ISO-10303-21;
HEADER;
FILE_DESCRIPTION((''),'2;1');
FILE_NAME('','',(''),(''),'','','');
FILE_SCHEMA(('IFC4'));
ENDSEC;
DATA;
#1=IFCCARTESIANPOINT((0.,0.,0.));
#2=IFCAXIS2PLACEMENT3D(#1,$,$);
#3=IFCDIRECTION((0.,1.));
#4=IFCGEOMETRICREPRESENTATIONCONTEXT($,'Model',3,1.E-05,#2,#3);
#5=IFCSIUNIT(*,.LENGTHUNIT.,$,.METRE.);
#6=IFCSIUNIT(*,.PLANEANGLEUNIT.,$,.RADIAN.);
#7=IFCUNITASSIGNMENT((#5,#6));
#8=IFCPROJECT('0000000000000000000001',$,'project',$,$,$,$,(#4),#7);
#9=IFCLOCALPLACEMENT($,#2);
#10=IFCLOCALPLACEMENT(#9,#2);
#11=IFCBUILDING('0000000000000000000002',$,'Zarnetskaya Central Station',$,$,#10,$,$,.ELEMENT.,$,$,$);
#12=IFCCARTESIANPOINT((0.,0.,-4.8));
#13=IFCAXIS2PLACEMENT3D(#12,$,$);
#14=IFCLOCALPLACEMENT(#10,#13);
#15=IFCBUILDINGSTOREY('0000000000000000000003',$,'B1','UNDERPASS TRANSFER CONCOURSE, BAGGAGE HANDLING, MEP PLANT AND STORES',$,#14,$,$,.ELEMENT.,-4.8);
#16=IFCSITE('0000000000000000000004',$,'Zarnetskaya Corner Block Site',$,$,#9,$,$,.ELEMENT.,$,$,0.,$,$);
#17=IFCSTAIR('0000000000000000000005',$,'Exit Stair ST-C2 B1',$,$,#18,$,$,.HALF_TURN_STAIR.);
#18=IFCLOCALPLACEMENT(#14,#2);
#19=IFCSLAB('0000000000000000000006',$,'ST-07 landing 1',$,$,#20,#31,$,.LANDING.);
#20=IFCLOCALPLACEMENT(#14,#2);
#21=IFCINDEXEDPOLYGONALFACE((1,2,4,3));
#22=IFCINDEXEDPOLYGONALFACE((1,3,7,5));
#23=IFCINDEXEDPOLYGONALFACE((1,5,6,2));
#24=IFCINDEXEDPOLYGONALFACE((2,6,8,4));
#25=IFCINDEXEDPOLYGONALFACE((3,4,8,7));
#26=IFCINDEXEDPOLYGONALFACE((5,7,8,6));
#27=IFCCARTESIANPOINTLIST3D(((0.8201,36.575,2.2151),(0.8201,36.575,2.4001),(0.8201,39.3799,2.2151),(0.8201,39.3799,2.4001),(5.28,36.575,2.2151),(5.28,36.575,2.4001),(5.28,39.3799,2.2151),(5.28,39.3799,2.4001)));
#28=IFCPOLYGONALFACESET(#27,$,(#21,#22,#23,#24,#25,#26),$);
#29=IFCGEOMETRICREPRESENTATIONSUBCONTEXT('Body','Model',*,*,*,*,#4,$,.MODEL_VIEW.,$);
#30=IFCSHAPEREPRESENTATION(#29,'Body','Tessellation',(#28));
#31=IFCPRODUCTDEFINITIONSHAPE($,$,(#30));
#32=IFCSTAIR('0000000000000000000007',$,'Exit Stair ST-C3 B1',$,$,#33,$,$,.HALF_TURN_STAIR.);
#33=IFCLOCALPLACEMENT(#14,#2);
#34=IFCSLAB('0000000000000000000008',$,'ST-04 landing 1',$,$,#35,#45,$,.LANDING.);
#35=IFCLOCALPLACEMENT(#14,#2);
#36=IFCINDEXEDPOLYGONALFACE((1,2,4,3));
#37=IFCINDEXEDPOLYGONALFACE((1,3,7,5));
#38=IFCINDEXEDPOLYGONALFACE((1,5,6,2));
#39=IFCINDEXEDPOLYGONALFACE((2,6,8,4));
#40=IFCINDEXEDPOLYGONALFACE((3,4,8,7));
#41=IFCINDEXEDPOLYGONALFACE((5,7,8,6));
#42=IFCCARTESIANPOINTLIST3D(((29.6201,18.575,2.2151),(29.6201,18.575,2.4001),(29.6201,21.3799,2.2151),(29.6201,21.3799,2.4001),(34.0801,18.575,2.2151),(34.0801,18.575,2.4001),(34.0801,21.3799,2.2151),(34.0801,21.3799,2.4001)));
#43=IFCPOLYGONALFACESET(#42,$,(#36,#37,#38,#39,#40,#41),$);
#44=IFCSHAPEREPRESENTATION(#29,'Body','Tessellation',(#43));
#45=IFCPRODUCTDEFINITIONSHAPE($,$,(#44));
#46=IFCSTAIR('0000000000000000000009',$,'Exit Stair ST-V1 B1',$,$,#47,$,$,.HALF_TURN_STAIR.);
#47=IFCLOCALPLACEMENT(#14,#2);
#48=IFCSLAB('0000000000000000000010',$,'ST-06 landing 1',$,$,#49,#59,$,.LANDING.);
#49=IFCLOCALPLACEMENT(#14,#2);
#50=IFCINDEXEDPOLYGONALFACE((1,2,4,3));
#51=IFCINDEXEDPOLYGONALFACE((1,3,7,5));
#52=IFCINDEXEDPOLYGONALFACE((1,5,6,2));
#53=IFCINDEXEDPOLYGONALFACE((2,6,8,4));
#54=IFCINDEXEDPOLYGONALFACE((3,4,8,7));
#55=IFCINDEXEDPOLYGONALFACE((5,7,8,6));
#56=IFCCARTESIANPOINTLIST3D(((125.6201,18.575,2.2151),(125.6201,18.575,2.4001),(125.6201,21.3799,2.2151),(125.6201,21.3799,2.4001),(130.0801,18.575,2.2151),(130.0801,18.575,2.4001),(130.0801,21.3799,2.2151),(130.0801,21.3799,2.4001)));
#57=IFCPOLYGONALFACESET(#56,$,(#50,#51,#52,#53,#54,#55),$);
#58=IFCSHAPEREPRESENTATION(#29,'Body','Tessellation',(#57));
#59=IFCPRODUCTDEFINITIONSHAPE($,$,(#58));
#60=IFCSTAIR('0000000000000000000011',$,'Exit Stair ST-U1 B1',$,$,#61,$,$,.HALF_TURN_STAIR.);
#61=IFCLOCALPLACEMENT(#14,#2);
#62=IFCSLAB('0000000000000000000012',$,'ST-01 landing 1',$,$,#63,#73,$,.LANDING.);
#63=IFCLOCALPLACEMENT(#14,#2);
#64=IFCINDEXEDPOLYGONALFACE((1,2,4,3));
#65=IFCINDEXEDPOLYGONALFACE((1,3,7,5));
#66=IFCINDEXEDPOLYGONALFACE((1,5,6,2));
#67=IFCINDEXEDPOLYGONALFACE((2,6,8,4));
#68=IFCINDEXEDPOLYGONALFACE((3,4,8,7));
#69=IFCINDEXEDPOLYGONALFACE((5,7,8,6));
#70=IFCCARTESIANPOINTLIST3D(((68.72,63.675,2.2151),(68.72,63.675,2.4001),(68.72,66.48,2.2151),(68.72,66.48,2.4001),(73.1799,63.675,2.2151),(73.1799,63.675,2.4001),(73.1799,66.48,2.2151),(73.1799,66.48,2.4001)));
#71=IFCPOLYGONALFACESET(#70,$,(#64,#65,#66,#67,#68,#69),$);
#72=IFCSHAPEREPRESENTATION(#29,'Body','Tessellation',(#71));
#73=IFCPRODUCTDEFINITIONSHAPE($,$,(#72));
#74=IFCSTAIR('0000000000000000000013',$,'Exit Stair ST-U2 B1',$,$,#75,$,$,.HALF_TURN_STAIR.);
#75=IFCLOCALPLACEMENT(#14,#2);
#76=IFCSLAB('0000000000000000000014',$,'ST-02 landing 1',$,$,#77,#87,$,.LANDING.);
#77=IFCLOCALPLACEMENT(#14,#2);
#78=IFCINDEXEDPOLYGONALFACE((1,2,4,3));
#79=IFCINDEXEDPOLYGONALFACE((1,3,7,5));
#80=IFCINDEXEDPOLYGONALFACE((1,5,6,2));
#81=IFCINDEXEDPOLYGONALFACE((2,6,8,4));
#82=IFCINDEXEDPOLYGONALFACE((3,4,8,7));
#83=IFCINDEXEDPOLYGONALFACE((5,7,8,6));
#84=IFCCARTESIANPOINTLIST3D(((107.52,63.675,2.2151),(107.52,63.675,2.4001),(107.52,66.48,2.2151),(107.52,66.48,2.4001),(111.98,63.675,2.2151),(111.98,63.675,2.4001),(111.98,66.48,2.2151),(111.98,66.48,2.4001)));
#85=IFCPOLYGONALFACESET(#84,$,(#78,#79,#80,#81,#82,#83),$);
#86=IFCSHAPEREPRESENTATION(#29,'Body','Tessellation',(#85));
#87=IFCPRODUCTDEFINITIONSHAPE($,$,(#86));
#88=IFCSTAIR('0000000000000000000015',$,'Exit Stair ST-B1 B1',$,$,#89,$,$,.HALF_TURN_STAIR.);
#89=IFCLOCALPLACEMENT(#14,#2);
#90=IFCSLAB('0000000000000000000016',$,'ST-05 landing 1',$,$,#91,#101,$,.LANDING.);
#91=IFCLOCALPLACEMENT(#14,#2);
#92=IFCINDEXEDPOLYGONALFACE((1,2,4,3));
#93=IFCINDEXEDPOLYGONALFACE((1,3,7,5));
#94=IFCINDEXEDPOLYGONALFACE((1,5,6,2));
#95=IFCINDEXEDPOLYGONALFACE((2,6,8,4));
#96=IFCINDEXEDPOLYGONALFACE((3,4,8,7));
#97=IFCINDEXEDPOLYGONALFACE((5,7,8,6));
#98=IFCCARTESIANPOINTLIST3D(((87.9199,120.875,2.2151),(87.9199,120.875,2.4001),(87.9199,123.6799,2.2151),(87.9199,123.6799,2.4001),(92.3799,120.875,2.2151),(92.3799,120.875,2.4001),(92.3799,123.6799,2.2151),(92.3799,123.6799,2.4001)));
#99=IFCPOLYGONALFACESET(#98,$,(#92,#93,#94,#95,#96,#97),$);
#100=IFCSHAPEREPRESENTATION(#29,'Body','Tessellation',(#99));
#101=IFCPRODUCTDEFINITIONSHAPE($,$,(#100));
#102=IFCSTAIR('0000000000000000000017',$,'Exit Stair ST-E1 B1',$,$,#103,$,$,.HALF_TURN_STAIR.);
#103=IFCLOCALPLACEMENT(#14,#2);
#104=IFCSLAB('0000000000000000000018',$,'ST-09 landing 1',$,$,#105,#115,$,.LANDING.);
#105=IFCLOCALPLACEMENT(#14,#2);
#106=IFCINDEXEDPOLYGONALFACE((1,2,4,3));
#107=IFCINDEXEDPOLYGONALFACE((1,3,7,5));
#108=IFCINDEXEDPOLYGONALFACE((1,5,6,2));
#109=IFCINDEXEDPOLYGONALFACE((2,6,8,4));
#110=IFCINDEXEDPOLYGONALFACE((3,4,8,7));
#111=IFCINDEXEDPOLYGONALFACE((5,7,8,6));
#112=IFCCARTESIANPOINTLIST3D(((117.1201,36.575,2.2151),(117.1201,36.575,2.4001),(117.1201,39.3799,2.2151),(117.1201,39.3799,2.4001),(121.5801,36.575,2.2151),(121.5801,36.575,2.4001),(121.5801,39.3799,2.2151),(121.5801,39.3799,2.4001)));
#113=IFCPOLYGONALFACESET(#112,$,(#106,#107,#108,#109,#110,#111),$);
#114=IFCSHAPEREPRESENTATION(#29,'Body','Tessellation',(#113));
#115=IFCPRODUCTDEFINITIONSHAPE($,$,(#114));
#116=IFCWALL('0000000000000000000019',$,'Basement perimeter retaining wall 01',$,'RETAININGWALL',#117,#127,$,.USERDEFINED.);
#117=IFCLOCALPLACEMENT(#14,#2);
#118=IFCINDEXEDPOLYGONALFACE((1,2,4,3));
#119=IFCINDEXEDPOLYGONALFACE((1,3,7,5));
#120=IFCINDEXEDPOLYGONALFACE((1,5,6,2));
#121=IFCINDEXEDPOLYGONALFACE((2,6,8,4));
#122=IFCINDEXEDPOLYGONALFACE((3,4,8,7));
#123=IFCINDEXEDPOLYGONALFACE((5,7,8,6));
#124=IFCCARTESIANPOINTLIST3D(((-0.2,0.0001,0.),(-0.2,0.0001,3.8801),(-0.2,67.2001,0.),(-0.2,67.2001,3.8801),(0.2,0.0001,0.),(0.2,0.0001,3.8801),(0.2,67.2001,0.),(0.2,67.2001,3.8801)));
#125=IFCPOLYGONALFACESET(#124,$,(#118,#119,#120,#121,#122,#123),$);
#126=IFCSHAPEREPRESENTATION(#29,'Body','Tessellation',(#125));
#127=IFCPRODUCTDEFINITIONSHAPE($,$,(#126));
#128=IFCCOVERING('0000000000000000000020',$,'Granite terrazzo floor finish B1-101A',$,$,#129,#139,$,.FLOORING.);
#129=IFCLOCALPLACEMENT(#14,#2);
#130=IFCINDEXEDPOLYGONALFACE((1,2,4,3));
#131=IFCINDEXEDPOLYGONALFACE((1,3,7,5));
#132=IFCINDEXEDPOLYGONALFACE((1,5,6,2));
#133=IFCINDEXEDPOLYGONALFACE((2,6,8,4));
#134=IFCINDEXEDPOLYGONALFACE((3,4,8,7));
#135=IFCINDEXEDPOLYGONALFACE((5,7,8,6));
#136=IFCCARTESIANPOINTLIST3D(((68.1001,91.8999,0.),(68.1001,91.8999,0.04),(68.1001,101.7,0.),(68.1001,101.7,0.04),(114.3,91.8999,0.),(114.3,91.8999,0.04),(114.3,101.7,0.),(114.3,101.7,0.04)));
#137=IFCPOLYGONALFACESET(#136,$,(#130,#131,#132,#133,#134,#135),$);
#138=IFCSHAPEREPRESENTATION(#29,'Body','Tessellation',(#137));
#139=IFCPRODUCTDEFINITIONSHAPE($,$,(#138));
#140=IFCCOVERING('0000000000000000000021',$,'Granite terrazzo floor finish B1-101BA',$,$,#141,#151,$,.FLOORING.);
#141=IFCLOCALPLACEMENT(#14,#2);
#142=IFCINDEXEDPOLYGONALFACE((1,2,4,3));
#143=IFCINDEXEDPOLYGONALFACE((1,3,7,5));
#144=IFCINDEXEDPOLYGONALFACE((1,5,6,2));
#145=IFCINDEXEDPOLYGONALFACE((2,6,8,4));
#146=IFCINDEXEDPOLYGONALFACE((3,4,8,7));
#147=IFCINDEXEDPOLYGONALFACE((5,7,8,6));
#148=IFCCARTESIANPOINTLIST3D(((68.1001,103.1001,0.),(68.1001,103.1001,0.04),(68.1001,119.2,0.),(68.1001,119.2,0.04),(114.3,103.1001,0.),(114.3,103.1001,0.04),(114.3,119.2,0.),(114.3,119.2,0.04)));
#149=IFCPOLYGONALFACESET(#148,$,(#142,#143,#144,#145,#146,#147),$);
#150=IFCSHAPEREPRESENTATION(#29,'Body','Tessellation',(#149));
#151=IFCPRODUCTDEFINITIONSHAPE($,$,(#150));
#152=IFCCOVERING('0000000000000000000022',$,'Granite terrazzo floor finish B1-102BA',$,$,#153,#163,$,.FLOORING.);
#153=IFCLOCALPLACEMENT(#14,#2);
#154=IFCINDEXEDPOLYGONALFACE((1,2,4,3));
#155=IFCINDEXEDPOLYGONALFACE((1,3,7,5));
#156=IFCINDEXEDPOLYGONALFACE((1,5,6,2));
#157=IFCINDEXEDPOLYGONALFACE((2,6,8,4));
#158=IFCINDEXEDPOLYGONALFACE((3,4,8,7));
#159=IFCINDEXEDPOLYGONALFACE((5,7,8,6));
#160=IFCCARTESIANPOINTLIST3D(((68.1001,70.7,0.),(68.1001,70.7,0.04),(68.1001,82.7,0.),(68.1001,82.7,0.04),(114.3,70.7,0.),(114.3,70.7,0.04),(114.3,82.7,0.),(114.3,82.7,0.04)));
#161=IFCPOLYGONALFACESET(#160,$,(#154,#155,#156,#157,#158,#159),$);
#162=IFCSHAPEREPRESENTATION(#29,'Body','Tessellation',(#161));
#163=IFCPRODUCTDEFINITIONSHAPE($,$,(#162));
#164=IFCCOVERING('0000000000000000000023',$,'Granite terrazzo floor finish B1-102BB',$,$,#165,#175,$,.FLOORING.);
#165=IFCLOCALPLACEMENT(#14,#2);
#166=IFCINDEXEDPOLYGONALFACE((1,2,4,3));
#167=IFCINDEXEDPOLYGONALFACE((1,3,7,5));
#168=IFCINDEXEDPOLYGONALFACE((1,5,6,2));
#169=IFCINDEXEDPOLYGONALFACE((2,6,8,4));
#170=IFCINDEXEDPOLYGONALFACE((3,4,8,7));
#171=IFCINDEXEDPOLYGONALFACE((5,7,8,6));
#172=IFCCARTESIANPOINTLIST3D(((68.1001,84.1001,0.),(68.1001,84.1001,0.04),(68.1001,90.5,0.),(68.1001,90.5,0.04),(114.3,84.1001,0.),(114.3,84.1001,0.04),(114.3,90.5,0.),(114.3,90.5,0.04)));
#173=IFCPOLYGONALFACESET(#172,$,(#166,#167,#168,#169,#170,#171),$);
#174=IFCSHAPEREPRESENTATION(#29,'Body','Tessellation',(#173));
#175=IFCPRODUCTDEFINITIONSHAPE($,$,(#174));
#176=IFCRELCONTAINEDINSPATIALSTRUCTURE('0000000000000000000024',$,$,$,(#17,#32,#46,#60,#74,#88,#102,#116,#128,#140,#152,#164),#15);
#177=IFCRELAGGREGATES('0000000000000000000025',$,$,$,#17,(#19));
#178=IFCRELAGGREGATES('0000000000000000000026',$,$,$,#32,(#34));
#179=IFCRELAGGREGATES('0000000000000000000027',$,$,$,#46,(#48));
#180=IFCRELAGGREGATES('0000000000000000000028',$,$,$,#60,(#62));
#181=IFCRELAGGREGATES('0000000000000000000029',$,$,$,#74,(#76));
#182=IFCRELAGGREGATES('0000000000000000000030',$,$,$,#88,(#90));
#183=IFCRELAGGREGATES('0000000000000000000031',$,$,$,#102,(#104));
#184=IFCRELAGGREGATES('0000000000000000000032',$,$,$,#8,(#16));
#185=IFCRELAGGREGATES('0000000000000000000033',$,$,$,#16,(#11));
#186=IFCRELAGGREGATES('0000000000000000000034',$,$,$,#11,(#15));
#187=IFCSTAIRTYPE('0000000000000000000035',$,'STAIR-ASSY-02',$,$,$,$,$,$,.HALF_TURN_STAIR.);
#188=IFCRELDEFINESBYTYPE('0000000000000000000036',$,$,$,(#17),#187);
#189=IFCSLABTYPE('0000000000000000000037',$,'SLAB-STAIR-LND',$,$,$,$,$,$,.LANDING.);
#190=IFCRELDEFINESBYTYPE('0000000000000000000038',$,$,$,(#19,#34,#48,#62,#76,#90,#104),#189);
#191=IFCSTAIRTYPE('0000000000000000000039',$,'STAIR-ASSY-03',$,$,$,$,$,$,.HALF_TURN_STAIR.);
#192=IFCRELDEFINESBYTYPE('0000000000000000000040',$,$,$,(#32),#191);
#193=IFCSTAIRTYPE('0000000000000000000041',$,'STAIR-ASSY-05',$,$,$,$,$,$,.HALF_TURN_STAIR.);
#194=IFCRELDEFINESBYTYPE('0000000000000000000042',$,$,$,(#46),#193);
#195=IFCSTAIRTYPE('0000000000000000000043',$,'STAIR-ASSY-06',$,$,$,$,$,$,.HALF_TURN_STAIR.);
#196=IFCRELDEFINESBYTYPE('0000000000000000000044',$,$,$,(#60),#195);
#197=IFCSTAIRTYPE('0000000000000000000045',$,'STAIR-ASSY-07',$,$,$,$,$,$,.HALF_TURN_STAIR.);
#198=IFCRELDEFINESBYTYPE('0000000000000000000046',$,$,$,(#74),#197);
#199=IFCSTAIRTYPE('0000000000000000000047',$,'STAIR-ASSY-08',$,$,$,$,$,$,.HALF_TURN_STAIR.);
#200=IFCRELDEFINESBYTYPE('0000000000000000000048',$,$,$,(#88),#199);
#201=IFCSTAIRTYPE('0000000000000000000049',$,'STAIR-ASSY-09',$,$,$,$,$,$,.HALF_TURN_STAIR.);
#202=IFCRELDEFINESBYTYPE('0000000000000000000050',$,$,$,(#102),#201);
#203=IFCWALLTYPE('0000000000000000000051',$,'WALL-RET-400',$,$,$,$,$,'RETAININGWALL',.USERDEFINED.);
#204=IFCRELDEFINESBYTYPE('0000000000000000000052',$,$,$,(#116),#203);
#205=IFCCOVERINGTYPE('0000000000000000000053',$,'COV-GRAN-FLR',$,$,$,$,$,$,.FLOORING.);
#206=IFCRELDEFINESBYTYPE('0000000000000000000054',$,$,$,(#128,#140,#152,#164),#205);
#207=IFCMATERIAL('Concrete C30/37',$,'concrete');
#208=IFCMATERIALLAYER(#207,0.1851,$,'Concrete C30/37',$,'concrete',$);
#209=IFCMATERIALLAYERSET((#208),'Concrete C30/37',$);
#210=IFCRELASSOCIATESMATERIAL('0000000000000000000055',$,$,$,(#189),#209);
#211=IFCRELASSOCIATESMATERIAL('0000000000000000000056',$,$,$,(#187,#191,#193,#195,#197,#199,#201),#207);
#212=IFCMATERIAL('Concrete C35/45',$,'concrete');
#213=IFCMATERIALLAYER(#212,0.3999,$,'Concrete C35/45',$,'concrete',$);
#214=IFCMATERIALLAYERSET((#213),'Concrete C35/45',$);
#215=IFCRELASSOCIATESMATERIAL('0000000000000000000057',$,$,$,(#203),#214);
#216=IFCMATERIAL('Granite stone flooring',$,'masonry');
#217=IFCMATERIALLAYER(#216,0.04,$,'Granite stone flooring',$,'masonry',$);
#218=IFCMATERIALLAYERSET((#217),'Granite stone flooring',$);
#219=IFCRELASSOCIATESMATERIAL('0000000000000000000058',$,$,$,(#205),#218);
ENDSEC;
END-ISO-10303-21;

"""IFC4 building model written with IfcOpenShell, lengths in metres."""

from ifc_helpers import new_model, si_unit, direction, frame, frame_2d, origin, place, context, subcontext, project, spatial, polyline, rectangle, outline, extrude, material, layer, layer_set, type_object, element, aggregate, save


model = new_model("IFC4")

# Units and contexts
model_context = context("Model", 3, precision=1e-05, world=origin(), true_north=direction((0.0, 1.0)))
body_context = subcontext(model_context, "Body", "Model", "MODEL_VIEW")
ifc_project = project(units=[si_unit("LENGTHUNIT", "METRE"), si_unit("PLANEANGLEUNIT", "RADIAN")], contexts=[model_context])

# Site, building, storey
site_placement = place(None, origin())
site = spatial("IfcSite", under=ifc_project, at=site_placement, Name="Zarnetskaya Corner Block Site", CompositionType="ELEMENT", RefElevation=0.0)
building_placement = place(site_placement, origin())
building = spatial("IfcBuilding", under=site, at=building_placement, Name="Zarnetskaya Central Station", CompositionType="ELEMENT")
storey_placement = place(building_placement, frame((0.0, 0.0, -4.8)))
storey = spatial("IfcBuildingStorey", under=building, at=storey_placement, Name="B1", Description="UNDERPASS TRANSFER CONCOURSE, BAGGAGE HANDLING, MEP PLANT AND STORES", CompositionType="ELEMENT", Elevation=-4.8)

# Shared definitions
ifc_material_1 = material(Name="Concrete C30/37", Category="concrete")

# Shared definitions
ifc_material_2 = material(Name="Concrete C35/45", Category="concrete")

# Stairs, slabs
ifc_layer_1 = layer(ifc_material_1, 0.1851, Name="Concrete C30/37", Category="concrete")
ifc_layer_set_1 = layer_set([ifc_layer_1], Name="Concrete C30/37")
slab_type = type_object("IfcSlabType", Name="SLAB-STAIR-LND", PredefinedType="LANDING", material=ifc_layer_set_1)
stair_type_1 = type_object("IfcStairType", Name="STAIR-ASSY-02", PredefinedType="HALF_TURN_STAIR", material=ifc_material_1)
stair_1_placement = place(storey_placement, origin())
stair_1 = element("IfcStair", 1, at=stair_1_placement, inside=storey, type_object=stair_type_1, Name="Exit Stair ST-C2 B1", PredefinedType="HALF_TURN_STAIR")
slab_1_placement = place(storey_placement, frame((0.0, 0.0, 2.2151)))
slab_1 = element("IfcSlab", 2, at=slab_1_placement, type_object=slab_type, Name="ST-07 landing 1", PredefinedType="LANDING", context=body_context, shape_type="SweptSolid", body=[
    extrude(outline(polyline([(0.8201, 36.575), (5.28, 36.575), (5.28, 39.3799), (0.8201, 39.3799), (0.8201, 36.575)])), origin(), (0.0, 0.0, 1.0), 0.1851),
])
aggregate(stair_1, [slab_1])
stair_type_2 = type_object("IfcStairType", Name="STAIR-ASSY-03", PredefinedType="HALF_TURN_STAIR", material=ifc_material_1)
stair_2_placement = place(storey_placement, origin())
stair_2 = element("IfcStair", 3, at=stair_2_placement, inside=storey, type_object=stair_type_2, Name="Exit Stair ST-C3 B1", PredefinedType="HALF_TURN_STAIR")
slab_2_placement = place(storey_placement, frame((0.0, 0.0, 2.2151)))
slab_2 = element("IfcSlab", 4, at=slab_2_placement, type_object=slab_type, Name="ST-04 landing 1", PredefinedType="LANDING", context=body_context, shape_type="SweptSolid", body=[
    extrude(outline(polyline([(29.6201, 18.575), (34.0801, 18.575), (34.0801, 21.3799), (29.6201, 21.3799), (29.6201, 18.575)])), origin(), (0.0, 0.0, 1.0), 0.1851),
])
aggregate(stair_2, [slab_2])
stair_type_3 = type_object("IfcStairType", Name="STAIR-ASSY-05", PredefinedType="HALF_TURN_STAIR", material=ifc_material_1)
stair_3_placement = place(storey_placement, origin())
stair_3 = element("IfcStair", 5, at=stair_3_placement, inside=storey, type_object=stair_type_3, Name="Exit Stair ST-V1 B1", PredefinedType="HALF_TURN_STAIR")
slab_3_placement = place(storey_placement, frame((0.0, 0.0, 2.2151)))
slab_3 = element("IfcSlab", 6, at=slab_3_placement, type_object=slab_type, Name="ST-06 landing 1", PredefinedType="LANDING", context=body_context, shape_type="SweptSolid", body=[
    extrude(outline(polyline([(125.6201, 18.575), (130.0801, 18.575), (130.0801, 21.3799), (125.6201, 21.3799), (125.6201, 18.575)])), origin(), (0.0, 0.0, 1.0), 0.1851),
])
aggregate(stair_3, [slab_3])
stair_type_4 = type_object("IfcStairType", Name="STAIR-ASSY-06", PredefinedType="HALF_TURN_STAIR", material=ifc_material_1)
stair_4_placement = place(storey_placement, origin())
stair_4 = element("IfcStair", 7, at=stair_4_placement, inside=storey, type_object=stair_type_4, Name="Exit Stair ST-U1 B1", PredefinedType="HALF_TURN_STAIR")
slab_4_placement = place(storey_placement, frame((0.0, 0.0, 2.2151)))
slab_4 = element("IfcSlab", 8, at=slab_4_placement, type_object=slab_type, Name="ST-01 landing 1", PredefinedType="LANDING", context=body_context, shape_type="SweptSolid", body=[
    extrude(outline(polyline([(68.72, 63.675), (73.1799, 63.675), (73.1799, 66.48), (68.72, 66.48), (68.72, 63.675)])), origin(), (0.0, 0.0, 1.0), 0.1851),
])
aggregate(stair_4, [slab_4])
stair_type_5 = type_object("IfcStairType", Name="STAIR-ASSY-07", PredefinedType="HALF_TURN_STAIR", material=ifc_material_1)
stair_5_placement = place(storey_placement, origin())
stair_5 = element("IfcStair", 9, at=stair_5_placement, inside=storey, type_object=stair_type_5, Name="Exit Stair ST-U2 B1", PredefinedType="HALF_TURN_STAIR")
slab_5_placement = place(storey_placement, frame((0.0, 0.0, 2.2151)))
slab_5 = element("IfcSlab", 10, at=slab_5_placement, type_object=slab_type, Name="ST-02 landing 1", PredefinedType="LANDING", context=body_context, shape_type="SweptSolid", body=[
    extrude(outline(polyline([(107.52, 63.675), (111.98, 63.675), (111.98, 66.48), (107.52, 66.48), (107.52, 63.675)])), origin(), (0.0, 0.0, 1.0), 0.1851),
])
aggregate(stair_5, [slab_5])
stair_type_6 = type_object("IfcStairType", Name="STAIR-ASSY-08", PredefinedType="HALF_TURN_STAIR", material=ifc_material_1)
stair_6_placement = place(storey_placement, origin())
stair_6 = element("IfcStair", 11, at=stair_6_placement, inside=storey, type_object=stair_type_6, Name="Exit Stair ST-B1 B1", PredefinedType="HALF_TURN_STAIR")
slab_6_placement = place(storey_placement, frame((0.0, 0.0, 2.2151)))
slab_6 = element("IfcSlab", 12, at=slab_6_placement, type_object=slab_type, Name="ST-05 landing 1", PredefinedType="LANDING", context=body_context, shape_type="SweptSolid", body=[
    extrude(outline(polyline([(87.9199, 120.875), (92.3799, 120.875), (92.3799, 123.6799), (87.9199, 123.6799), (87.9199, 120.875)])), origin(), (0.0, 0.0, 1.0), 0.1851),
])
aggregate(stair_6, [slab_6])
stair_type_7 = type_object("IfcStairType", Name="STAIR-ASSY-09", PredefinedType="HALF_TURN_STAIR", material=ifc_material_1)
stair_7_placement = place(storey_placement, origin())
stair_7 = element("IfcStair", 13, at=stair_7_placement, inside=storey, type_object=stair_type_7, Name="Exit Stair ST-E1 B1", PredefinedType="HALF_TURN_STAIR")
slab_7_placement = place(storey_placement, frame((0.0, 0.0, 2.2151)))
slab_7 = element("IfcSlab", 14, at=slab_7_placement, type_object=slab_type, Name="ST-09 landing 1", PredefinedType="LANDING", context=body_context, shape_type="SweptSolid", body=[
    extrude(outline(polyline([(117.1201, 36.575), (121.5801, 36.575), (121.5801, 39.3799), (117.1201, 39.3799), (117.1201, 36.575)])), origin(), (0.0, 0.0, 1.0), 0.1851),
])
aggregate(stair_7, [slab_7])

# Wall
ifc_layer_2 = layer(ifc_material_2, 0.3999, Name="Concrete C35/45", Category="concrete")
ifc_layer_set_2 = layer_set([ifc_layer_2], Name="Concrete C35/45")
wall_type = type_object("IfcWallType", Name="WALL-RET-400", ElementType="RETAININGWALL", PredefinedType="USERDEFINED", material=ifc_layer_set_2)
wall_placement = place(storey_placement, frame((0.0, 0.0, 0.0), z_axis=(0.0, 0.0, 1.0), x_axis=(0.0, 1.0, 0.0)))
element("IfcWall", 15, at=wall_placement, inside=storey, type_object=wall_type, Name="Basement perimeter retaining wall 01", ObjectType="RETAININGWALL", PredefinedType="USERDEFINED", context=body_context, shape_type="SweptSolid", body=[
    extrude(rectangle(XDim=67.2, YDim=0.3999, at=frame_2d((33.6001, 0.0))), origin(), (0.0, 0.0, 1.0), 3.8801),
])

# Coverings
ifc_material_3 = material(Name="Granite stone flooring", Category="masonry")
ifc_layer_3 = layer(ifc_material_3, 0.04, Name="Granite stone flooring", Category="masonry")
ifc_layer_set_3 = layer_set([ifc_layer_3], Name="Granite stone flooring")
covering_type = type_object("IfcCoveringType", Name="COV-GRAN-FLR", PredefinedType="FLOORING", material=ifc_layer_set_3)
covering_1_placement = place(storey_placement, origin())
element("IfcCovering", 16, at=covering_1_placement, inside=storey, type_object=covering_type, Name="Granite terrazzo floor finish B1-101A", PredefinedType="FLOORING", context=body_context, shape_type="SweptSolid", body=[
    extrude(outline(polyline([(68.1001, 91.8999), (114.3, 91.8999), (114.3, 101.7), (68.1001, 101.7), (68.1001, 91.8999)])), origin(), (0.0, 0.0, 1.0), 0.04),
])
covering_2_placement = place(storey_placement, origin())
element("IfcCovering", 17, at=covering_2_placement, inside=storey, type_object=covering_type, Name="Granite terrazzo floor finish B1-101BA", PredefinedType="FLOORING", context=body_context, shape_type="SweptSolid", body=[
    extrude(outline(polyline([(68.1001, 103.1001), (114.3, 103.1001), (114.3, 119.2), (68.1001, 119.2), (68.1001, 103.1001)])), origin(), (0.0, 0.0, 1.0), 0.04),
])
covering_3_placement = place(storey_placement, origin())
element("IfcCovering", 18, at=covering_3_placement, inside=storey, type_object=covering_type, Name="Granite terrazzo floor finish B1-102BA", PredefinedType="FLOORING", context=body_context, shape_type="SweptSolid", body=[
    extrude(outline(polyline([(68.1001, 70.7), (114.3, 70.7), (114.3, 82.7), (68.1001, 82.7), (68.1001, 70.7)])), origin(), (0.0, 0.0, 1.0), 0.04),
])
covering_4_placement = place(storey_placement, origin())
element("IfcCovering", 19, at=covering_4_placement, inside=storey, type_object=covering_type, Name="Granite terrazzo floor finish B1-102BB", PredefinedType="FLOORING", context=body_context, shape_type="SweptSolid", body=[
    extrude(outline(polyline([(68.1001, 84.1001), (114.3, 84.1001), (114.3, 90.5), (68.1001, 90.5), (68.1001, 84.1001)])), origin(), (0.0, 0.0, 1.0), 0.04),
])

save(model, "model.ifc")
